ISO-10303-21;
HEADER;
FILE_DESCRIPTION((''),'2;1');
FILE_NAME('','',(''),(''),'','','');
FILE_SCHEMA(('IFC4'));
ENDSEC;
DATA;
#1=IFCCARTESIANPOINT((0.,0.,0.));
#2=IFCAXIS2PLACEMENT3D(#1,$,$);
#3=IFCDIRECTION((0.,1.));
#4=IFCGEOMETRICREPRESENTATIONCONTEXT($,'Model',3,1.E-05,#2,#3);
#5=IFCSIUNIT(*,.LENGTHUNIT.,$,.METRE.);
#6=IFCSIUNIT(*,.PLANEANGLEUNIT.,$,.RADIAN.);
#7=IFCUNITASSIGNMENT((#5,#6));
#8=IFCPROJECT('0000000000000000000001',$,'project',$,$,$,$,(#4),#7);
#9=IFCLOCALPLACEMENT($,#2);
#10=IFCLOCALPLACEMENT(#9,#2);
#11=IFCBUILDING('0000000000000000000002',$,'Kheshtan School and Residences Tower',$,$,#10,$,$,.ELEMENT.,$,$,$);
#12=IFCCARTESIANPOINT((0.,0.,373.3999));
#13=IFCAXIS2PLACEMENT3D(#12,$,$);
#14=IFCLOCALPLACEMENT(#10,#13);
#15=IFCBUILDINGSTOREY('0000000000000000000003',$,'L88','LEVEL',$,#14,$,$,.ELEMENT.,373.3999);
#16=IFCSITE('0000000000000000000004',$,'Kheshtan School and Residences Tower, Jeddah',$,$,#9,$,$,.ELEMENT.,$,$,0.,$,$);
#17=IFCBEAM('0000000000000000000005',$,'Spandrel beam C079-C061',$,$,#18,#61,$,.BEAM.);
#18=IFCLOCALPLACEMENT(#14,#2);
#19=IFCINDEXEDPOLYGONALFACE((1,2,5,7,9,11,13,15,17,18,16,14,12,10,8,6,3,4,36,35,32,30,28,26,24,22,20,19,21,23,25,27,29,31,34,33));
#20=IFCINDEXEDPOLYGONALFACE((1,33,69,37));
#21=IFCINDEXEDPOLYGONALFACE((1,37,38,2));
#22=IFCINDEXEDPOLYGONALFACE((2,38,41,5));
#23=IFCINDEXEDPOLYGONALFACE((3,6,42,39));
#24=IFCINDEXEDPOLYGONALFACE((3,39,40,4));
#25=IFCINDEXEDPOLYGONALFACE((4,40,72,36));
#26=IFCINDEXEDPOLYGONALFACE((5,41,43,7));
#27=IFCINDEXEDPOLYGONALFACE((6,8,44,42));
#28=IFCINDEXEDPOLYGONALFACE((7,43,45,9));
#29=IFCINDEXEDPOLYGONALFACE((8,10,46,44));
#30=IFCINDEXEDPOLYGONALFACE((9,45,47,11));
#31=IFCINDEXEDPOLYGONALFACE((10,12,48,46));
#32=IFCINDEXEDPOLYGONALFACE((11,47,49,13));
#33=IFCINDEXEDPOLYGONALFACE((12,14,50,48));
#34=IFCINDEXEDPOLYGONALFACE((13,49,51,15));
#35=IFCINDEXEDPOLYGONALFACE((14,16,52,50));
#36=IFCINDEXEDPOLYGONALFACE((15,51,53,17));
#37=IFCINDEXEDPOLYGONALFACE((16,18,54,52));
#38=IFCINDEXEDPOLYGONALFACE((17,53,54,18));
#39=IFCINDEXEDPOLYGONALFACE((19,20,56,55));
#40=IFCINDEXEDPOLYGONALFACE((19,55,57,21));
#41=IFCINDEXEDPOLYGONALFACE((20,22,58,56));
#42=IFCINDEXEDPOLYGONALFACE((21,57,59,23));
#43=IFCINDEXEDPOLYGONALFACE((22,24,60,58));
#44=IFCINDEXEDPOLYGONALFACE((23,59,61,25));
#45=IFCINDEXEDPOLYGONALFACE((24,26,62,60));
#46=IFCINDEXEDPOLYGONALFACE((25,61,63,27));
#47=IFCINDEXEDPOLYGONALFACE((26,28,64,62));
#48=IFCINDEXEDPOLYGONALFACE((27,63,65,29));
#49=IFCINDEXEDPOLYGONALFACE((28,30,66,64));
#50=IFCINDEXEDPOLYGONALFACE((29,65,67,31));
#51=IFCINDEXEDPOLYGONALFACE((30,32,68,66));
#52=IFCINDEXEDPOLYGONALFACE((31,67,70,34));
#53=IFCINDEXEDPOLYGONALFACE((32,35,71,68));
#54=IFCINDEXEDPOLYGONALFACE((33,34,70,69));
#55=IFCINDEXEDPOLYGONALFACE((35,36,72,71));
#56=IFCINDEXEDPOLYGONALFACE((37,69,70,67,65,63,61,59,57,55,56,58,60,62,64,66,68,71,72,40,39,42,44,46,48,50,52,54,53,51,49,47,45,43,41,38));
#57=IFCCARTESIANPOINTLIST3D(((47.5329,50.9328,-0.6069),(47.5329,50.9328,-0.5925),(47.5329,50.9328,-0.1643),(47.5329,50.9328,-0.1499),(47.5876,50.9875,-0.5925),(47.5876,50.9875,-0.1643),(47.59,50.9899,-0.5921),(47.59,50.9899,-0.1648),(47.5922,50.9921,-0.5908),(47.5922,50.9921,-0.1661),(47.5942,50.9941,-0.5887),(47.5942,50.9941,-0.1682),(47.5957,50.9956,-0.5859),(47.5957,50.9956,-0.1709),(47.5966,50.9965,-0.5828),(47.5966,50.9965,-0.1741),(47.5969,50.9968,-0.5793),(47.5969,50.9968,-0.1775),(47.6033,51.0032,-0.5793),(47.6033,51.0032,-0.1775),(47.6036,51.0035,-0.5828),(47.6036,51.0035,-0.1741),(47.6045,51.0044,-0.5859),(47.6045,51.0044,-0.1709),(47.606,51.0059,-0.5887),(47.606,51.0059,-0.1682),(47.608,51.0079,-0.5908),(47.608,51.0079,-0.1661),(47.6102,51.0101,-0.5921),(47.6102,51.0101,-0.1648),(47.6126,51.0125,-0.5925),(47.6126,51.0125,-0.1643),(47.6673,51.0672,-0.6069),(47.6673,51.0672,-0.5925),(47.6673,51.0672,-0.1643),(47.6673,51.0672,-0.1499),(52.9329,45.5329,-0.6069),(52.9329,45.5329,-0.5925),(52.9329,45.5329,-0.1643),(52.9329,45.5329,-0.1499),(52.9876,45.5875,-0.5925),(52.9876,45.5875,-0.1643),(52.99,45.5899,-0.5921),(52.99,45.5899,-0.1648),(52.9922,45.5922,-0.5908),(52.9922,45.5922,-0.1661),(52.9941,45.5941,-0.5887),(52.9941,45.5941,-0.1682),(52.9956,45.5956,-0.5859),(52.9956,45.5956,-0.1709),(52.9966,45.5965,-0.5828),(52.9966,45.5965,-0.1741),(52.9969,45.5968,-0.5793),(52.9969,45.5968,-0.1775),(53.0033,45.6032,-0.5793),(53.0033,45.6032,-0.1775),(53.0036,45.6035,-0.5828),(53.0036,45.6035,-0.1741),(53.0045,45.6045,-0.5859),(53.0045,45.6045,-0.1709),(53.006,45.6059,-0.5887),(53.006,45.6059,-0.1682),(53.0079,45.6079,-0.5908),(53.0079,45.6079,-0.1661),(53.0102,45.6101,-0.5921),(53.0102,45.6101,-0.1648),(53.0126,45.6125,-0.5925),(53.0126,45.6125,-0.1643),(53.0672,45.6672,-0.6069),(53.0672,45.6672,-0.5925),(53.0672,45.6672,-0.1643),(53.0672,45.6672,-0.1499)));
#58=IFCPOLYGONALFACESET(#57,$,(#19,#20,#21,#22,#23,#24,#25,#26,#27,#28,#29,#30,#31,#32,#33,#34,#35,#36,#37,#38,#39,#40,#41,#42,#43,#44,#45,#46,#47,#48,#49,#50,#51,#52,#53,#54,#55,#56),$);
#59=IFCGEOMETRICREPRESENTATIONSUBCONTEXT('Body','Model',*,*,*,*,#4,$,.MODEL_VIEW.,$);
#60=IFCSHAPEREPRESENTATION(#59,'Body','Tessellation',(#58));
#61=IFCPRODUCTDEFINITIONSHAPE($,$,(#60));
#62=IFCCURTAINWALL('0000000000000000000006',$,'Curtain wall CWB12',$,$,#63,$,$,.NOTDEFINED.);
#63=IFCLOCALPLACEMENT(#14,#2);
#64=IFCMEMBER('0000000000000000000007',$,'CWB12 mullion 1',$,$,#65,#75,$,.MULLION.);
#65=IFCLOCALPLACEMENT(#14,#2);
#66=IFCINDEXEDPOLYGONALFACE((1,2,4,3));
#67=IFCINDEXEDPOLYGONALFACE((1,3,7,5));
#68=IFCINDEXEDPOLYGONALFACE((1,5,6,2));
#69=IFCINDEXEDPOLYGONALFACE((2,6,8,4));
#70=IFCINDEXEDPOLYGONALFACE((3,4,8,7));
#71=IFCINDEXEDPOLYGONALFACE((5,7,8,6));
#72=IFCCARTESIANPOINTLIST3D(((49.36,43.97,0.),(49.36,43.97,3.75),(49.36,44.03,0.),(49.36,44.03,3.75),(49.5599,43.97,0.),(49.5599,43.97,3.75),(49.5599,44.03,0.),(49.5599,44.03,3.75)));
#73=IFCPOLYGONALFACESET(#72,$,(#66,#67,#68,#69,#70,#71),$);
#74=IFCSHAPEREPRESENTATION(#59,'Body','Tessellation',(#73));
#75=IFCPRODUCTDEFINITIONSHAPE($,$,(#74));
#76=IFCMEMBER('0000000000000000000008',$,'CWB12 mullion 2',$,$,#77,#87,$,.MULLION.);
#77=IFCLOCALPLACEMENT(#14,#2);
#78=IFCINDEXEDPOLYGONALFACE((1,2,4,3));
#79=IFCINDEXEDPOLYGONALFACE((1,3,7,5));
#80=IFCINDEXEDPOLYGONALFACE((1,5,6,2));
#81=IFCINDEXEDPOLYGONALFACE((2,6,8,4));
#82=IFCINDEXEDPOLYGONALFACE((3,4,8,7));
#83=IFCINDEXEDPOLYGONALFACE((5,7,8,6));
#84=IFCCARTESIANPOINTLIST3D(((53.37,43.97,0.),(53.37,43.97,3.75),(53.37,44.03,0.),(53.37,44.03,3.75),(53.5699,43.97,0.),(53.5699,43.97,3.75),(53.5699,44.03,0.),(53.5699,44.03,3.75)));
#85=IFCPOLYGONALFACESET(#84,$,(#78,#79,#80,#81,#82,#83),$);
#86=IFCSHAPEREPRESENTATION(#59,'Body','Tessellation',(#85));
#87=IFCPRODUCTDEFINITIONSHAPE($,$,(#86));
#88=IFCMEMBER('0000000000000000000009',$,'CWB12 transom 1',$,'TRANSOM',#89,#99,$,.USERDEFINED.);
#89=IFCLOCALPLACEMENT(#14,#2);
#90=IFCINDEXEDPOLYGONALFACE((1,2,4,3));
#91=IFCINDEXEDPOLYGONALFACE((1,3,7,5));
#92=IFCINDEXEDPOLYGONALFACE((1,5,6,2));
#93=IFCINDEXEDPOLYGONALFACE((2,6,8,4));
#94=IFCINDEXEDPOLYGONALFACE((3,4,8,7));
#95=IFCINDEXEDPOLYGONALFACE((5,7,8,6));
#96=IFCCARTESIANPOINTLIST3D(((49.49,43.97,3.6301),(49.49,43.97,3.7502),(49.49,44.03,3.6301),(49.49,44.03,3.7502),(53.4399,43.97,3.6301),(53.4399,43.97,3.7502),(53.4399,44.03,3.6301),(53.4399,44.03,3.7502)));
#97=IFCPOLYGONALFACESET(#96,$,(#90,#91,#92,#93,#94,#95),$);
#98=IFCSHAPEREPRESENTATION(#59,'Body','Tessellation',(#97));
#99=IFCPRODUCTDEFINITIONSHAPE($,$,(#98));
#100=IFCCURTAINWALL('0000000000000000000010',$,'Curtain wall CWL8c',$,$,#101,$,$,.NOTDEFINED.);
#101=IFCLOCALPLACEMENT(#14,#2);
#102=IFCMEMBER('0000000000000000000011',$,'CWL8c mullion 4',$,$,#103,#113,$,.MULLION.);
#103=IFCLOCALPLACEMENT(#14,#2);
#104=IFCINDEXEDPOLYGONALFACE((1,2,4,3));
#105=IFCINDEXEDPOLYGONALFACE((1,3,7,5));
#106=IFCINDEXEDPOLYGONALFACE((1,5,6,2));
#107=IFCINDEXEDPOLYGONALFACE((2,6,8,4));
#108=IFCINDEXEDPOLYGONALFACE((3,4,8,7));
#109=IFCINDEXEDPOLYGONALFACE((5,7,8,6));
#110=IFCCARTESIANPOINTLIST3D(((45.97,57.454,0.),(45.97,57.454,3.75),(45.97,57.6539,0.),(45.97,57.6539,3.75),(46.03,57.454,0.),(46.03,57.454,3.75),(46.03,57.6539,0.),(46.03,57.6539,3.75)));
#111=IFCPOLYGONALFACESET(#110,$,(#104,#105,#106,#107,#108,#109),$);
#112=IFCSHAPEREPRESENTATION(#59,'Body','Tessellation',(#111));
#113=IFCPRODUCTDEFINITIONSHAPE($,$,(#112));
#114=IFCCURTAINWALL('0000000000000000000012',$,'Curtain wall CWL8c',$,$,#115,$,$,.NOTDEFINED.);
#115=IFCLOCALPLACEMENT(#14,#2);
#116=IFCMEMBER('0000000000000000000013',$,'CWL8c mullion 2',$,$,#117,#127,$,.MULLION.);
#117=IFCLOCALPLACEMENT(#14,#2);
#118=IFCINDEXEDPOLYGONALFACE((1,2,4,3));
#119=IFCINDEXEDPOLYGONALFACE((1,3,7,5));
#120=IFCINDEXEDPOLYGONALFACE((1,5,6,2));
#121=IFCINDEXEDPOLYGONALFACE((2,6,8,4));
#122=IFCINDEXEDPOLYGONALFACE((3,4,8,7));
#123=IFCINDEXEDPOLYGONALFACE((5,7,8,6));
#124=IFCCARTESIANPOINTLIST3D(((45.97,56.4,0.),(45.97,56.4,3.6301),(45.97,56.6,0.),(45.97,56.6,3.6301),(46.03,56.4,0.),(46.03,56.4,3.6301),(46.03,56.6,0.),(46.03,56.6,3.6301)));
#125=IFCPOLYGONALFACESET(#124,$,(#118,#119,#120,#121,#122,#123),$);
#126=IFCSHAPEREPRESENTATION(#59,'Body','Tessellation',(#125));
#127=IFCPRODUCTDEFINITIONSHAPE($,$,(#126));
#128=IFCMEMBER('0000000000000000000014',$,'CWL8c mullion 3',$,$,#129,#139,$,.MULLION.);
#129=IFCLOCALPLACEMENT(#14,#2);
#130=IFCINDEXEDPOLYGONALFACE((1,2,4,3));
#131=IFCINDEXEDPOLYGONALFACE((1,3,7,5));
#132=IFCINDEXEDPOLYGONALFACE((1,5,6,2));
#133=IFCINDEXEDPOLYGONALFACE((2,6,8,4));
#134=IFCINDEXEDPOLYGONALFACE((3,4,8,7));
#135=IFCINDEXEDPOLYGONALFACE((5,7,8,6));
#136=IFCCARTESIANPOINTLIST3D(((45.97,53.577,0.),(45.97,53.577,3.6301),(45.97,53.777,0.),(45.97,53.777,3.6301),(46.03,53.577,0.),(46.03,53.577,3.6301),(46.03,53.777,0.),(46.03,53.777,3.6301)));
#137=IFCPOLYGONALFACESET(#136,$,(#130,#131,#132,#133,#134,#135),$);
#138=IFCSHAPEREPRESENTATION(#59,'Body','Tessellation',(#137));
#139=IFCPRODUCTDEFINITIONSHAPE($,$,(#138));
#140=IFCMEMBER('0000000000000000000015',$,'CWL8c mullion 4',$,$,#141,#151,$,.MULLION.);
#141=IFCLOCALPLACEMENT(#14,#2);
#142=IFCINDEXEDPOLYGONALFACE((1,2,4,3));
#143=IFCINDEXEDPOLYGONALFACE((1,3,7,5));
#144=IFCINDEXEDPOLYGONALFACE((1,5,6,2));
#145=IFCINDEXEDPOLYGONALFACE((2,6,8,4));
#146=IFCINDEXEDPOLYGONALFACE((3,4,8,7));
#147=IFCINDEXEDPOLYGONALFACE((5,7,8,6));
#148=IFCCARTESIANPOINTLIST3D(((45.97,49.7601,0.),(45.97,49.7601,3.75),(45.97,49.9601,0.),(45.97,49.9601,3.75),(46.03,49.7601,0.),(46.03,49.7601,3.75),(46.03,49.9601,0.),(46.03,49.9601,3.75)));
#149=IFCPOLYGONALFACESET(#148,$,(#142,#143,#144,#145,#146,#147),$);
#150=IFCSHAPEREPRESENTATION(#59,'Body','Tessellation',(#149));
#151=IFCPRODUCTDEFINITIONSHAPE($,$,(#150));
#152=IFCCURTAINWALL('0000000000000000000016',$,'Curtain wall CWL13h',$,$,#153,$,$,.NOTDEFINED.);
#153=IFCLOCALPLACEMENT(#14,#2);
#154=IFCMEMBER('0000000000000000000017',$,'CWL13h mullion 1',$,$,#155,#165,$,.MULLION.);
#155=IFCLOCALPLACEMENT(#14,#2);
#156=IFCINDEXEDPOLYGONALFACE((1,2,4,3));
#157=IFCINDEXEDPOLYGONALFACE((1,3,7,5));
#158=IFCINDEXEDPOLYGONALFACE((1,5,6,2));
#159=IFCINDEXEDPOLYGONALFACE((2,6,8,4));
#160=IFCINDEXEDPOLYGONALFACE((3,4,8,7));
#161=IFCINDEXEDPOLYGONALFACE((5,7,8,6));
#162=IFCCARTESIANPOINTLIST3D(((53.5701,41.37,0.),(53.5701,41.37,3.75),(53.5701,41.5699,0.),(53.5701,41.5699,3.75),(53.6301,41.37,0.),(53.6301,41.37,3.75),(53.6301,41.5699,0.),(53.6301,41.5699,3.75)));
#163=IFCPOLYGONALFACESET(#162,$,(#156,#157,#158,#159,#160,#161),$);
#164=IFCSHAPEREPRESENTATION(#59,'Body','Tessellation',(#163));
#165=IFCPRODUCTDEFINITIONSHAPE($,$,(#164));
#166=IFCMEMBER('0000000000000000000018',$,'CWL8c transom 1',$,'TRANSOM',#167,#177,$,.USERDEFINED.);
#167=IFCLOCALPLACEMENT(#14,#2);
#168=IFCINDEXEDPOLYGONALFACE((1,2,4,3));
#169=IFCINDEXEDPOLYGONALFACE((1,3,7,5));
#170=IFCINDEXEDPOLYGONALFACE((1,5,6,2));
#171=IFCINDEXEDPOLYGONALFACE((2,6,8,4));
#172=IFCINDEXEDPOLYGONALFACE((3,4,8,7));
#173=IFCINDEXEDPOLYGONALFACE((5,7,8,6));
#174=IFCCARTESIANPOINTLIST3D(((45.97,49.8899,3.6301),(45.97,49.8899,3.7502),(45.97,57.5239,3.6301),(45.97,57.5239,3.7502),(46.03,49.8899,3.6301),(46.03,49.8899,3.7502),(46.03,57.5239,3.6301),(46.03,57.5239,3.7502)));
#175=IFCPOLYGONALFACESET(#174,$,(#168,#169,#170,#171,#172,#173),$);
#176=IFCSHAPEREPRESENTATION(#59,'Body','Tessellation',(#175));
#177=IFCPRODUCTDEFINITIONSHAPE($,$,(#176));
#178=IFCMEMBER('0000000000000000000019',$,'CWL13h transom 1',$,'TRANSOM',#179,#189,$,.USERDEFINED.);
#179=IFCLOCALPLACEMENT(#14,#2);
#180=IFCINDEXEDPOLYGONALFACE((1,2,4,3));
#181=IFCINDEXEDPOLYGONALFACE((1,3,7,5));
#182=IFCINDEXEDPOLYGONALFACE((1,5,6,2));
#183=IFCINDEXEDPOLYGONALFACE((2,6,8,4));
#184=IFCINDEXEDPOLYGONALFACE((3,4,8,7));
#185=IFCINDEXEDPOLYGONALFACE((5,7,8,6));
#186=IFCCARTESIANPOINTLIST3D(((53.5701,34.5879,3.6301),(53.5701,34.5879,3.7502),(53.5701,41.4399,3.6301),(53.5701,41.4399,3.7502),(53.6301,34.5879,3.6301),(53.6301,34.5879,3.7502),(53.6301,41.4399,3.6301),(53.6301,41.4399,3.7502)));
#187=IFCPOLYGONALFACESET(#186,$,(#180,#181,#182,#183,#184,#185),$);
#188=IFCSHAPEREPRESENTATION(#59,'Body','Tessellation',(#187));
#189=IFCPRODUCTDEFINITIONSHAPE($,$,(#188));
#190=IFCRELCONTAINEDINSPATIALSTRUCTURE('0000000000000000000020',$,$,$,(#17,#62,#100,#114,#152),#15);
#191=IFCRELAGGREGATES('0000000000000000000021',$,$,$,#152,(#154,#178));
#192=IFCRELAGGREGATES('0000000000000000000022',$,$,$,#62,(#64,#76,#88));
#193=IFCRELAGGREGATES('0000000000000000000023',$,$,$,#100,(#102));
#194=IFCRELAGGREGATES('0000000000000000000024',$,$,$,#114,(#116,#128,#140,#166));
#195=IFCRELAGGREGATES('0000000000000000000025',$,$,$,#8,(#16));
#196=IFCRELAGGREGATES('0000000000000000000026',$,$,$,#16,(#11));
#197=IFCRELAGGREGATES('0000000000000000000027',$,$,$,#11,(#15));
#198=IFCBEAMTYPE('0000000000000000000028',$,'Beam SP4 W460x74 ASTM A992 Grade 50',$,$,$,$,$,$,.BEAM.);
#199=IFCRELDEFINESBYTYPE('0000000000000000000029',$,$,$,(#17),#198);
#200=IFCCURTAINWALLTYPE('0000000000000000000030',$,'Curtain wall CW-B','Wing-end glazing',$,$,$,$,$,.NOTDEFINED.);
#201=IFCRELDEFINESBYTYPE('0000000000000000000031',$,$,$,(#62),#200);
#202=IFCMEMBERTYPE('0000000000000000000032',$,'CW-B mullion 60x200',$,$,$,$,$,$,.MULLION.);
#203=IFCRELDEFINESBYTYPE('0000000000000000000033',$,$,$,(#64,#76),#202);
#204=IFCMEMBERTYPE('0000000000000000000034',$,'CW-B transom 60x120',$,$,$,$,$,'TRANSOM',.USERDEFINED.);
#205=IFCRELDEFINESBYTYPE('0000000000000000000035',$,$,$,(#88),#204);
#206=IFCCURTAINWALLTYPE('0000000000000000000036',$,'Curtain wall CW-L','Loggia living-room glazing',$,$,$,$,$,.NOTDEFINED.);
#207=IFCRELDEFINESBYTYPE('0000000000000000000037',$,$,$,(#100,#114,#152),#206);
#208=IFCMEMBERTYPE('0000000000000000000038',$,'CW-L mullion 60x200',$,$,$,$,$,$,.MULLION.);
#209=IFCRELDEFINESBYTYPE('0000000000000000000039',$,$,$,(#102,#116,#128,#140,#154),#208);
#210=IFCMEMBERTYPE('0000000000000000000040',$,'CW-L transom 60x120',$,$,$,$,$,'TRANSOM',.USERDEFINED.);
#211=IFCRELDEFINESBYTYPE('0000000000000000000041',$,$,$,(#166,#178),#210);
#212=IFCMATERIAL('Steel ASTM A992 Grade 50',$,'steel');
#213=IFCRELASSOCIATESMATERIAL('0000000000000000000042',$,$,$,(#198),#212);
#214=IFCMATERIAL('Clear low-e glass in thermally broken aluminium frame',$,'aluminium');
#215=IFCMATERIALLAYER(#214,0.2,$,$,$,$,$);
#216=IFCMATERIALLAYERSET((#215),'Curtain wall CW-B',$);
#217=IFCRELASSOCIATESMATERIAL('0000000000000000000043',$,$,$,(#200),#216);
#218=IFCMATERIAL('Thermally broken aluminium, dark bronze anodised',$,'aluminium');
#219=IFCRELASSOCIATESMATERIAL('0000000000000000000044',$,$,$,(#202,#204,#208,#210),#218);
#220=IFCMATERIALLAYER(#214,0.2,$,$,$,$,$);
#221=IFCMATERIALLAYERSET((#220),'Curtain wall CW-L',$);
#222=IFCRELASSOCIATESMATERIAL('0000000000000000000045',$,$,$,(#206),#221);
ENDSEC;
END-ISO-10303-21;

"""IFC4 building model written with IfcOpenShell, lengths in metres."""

from ifc_helpers import new_model, si_unit, direction, frame, origin, origin_2d, place, context, subcontext, project, spatial, rectangle, i_section, extrude, material, layer, layer_set, material_profile, profile_set, type_object, element, aggregate, save


model = new_model("IFC4")

# Units and contexts
model_context = context("Model", 3, precision=1e-05, world=origin(), true_north=direction((0.0, 1.0)))
body_context = subcontext(model_context, "Body", "Model", "MODEL_VIEW")
ifc_project = project(units=[si_unit("LENGTHUNIT", "METRE"), si_unit("PLANEANGLEUNIT", "RADIAN")], contexts=[model_context])

# Site, building, storey
site_placement = place(None, origin())
site = spatial("IfcSite", under=ifc_project, at=site_placement, Name="Kheshtan School and Residences Tower, Jeddah", CompositionType="ELEMENT", RefElevation=0.0)
building_placement = place(site_placement, origin())
building = spatial("IfcBuilding", under=site, at=building_placement, Name="Kheshtan School and Residences Tower", CompositionType="ELEMENT")
storey_placement = place(building_placement, frame((0.0, 0.0, 373.3999)))
storey = spatial("IfcBuildingStorey", under=building, at=storey_placement, Name="L88", Description="LEVEL", CompositionType="ELEMENT", Elevation=373.3999)

# Shared definitions
ifc_material_1 = material(Name="Steel ASTM A992 Grade 50", Category="steel")

# Beam
ifc_material_profile_1 = material_profile(ifc_material_1, i_section(OverallWidth=0.1899, OverallDepth=0.457, WebThickness=0.009, FlangeThickness=0.0144, FilletRadius=0.0132, at=origin_2d()), Name="W460x74")
ifc_profile_set_1 = profile_set([ifc_material_profile_1], Name="Steel ASTM A992 Grade 50")
beam_type_1 = type_object("IfcBeamType", Name="Beam SP4 W460x74 ASTM A992 Grade 50", PredefinedType="BEAM", material=ifc_profile_set_1)
beam_1_placement = place(storey_placement, frame((47.6001, 51.0, -0.3784), z_axis=(0.707107, -0.707107, 0.0), x_axis=(0.707107, 0.707107, 0.0)))
element("IfcBeam", 1, at=beam_1_placement, inside=storey, type_object=beam_type_1, Name="Spandrel beam C079-C061", PredefinedType="BEAM", context=body_context, shape_type="SweptSolid", body=[
    extrude(i_section(OverallWidth=0.1899, OverallDepth=0.457, WebThickness=0.009, FlangeThickness=0.0144, FilletRadius=0.0132, at=origin_2d()), origin(), (0.0, 0.0, 1.0), 7.6367),
])

# Curtain wall, members
ifc_material_2 = material(Name="Clear low-e glass in thermally broken aluminium frame", Category="aluminium")
ifc_layer_1 = layer(ifc_material_2, 0.2)
ifc_layer_set_1 = layer_set([ifc_layer_1], Name="Curtain wall CW-B")
curtain_wall_type_1 = type_object("IfcCurtainWallType", Name="Curtain wall CW-B", Description="Wing-end glazing", PredefinedType="NOTDEFINED", material=ifc_layer_set_1)
curtain_wall_1_placement = place(storey_placement, origin())
curtain_wall_1 = element("IfcCurtainWall", 2, at=curtain_wall_1_placement, inside=storey, type_object=curtain_wall_type_1, Name="Curtain wall CWB12", PredefinedType="NOTDEFINED")
ifc_material_3 = material(Name="Thermally broken aluminium, dark bronze anodised", Category="aluminium")
ifc_material_profile_2 = material_profile(ifc_material_3, rectangle(XDim=0.0601, YDim=0.2, at=origin_2d()), Name="CW-B mullion 60x200")
ifc_profile_set_2 = profile_set([ifc_material_profile_2], Name="Thermally broken aluminium, dark bronze anodised")
member_type_1 = type_object("IfcMemberType", Name="CW-B mullion 60x200", PredefinedType="MULLION", material=ifc_profile_set_2)
member_1_placement = place(storey_placement, frame((49.46, 44.0, 0.0), z_axis=(0.0, 0.0, 1.0), x_axis=(0.0, 1.0, 0.0)))
member_1 = element("IfcMember", 3, at=member_1_placement, type_object=member_type_1, Name="CWB12 mullion 1", PredefinedType="MULLION", context=body_context, shape_type="SweptSolid", body=[
    extrude(rectangle(XDim=0.0601, YDim=0.2, at=origin_2d()), origin(), (0.0, 0.0, 1.0), 3.75),
])
member_2_placement = place(storey_placement, frame((53.47, 44.0, 0.0), z_axis=(0.0, 0.0, 1.0), x_axis=(0.0, 1.0, 0.0)))
member_2 = element("IfcMember", 4, at=member_2_placement, type_object=member_type_1, Name="CWB12 mullion 2", PredefinedType="MULLION", context=body_context, shape_type="SweptSolid", body=[
    extrude(rectangle(XDim=0.0601, YDim=0.2, at=origin_2d()), origin(), (0.0, 0.0, 1.0), 3.75),
])
ifc_material_profile_3 = material_profile(ifc_material_3, rectangle(XDim=0.0601, YDim=0.1201, at=origin_2d()), Name="CW-B transom 60x120")
ifc_profile_set_3 = profile_set([ifc_material_profile_3], Name="Thermally broken aluminium, dark bronze anodised")
member_type_2 = type_object("IfcMemberType", Name="CW-B transom 60x120", ElementType="TRANSOM", PredefinedType="USERDEFINED", material=ifc_profile_set_3)
member_3_placement = place(storey_placement, frame((49.49, 44.0, 3.6902), z_axis=(1.0, 0.0, 0.0), x_axis=(0.0, 1.0, 0.0)))
member_3 = element("IfcMember", 5, at=member_3_placement, type_object=member_type_2, Name="CWB12 transom 1", ObjectType="TRANSOM", PredefinedType="USERDEFINED", context=body_context, shape_type="SweptSolid", body=[
    extrude(rectangle(XDim=0.0601, YDim=0.1201, at=origin_2d()), origin(), (0.0, 0.0, 1.0), 3.95),
])

# Curtain wall, member
ifc_layer_2 = layer(ifc_material_2, 0.2)
ifc_layer_set_2 = layer_set([ifc_layer_2], Name="Curtain wall CW-L")
curtain_wall_type_2 = type_object("IfcCurtainWallType", Name="Curtain wall CW-L", Description="Loggia living-room glazing", PredefinedType="NOTDEFINED", material=ifc_layer_set_2)
curtain_wall_2_placement = place(storey_placement, origin())
curtain_wall_2 = element("IfcCurtainWall", 6, at=curtain_wall_2_placement, inside=storey, type_object=curtain_wall_type_2, Name="Curtain wall CWL8c", PredefinedType="NOTDEFINED")
ifc_material_profile_4 = material_profile(ifc_material_3, rectangle(XDim=0.0601, YDim=0.2, at=origin_2d()), Name="CW-L mullion 60x200")
ifc_profile_set_4 = profile_set([ifc_material_profile_4], Name="Thermally broken aluminium, dark bronze anodised")
member_type_3 = type_object("IfcMemberType", Name="CW-L mullion 60x200", PredefinedType="MULLION", material=ifc_profile_set_4)
member_4_placement = place(storey_placement, frame((46.0, 57.554, 0.0), z_axis=(0.0, 0.0, 1.0), x_axis=(1.0, 0.0, 0.0)))
member_4 = element("IfcMember", 7, at=member_4_placement, type_object=member_type_3, Name="CWL8c mullion 4", PredefinedType="MULLION", context=body_context, shape_type="SweptSolid", body=[
    extrude(rectangle(XDim=0.0601, YDim=0.2, at=origin_2d()), origin(), (0.0, 0.0, 1.0), 3.75),
])

# Curtain wall, members
curtain_wall_3_placement = place(storey_placement, origin())
curtain_wall_3 = element("IfcCurtainWall", 8, at=curtain_wall_3_placement, inside=storey, type_object=curtain_wall_type_2, Name="Curtain wall CWL8c", PredefinedType="NOTDEFINED")
member_5_placement = place(storey_placement, frame((46.0, 56.5, 0.0), z_axis=(0.0, 0.0, 1.0), x_axis=(1.0, 0.0, 0.0)))
member_5 = element("IfcMember", 9, at=member_5_placement, type_object=member_type_3, Name="CWL8c mullion 2", PredefinedType="MULLION", context=body_context, shape_type="SweptSolid", body=[
    extrude(rectangle(XDim=0.0601, YDim=0.2, at=origin_2d()), origin(), (0.0, 0.0, 1.0), 3.6301),
])
member_6_placement = place(storey_placement, frame((46.0, 53.677, 0.0), z_axis=(0.0, 0.0, 1.0), x_axis=(1.0, 0.0, 0.0)))
member_6 = element("IfcMember", 10, at=member_6_placement, type_object=member_type_3, Name="CWL8c mullion 3", PredefinedType="MULLION", context=body_context, shape_type="SweptSolid", body=[
    extrude(rectangle(XDim=0.0601, YDim=0.2, at=origin_2d()), origin(), (0.0, 0.0, 1.0), 3.6301),
])
member_7_placement = place(storey_placement, frame((46.0, 49.8601, 0.0), z_axis=(0.0, 0.0, 1.0), x_axis=(1.0, 0.0, 0.0)))
member_7 = element("IfcMember", 11, at=member_7_placement, type_object=member_type_3, Name="CWL8c mullion 4", PredefinedType="MULLION", context=body_context, shape_type="SweptSolid", body=[
    extrude(rectangle(XDim=0.0601, YDim=0.2, at=origin_2d()), origin(), (0.0, 0.0, 1.0), 3.75),
])

# Curtain wall, member
curtain_wall_4_placement = place(storey_placement, origin())
curtain_wall_4 = element("IfcCurtainWall", 12, at=curtain_wall_4_placement, inside=storey, type_object=curtain_wall_type_2, Name="Curtain wall CWL13h", PredefinedType="NOTDEFINED")
member_8_placement = place(storey_placement, frame((53.6001, 41.47, 0.0), z_axis=(0.0, 0.0, 1.0), x_axis=(1.0, 0.0, 0.0)))
member_8 = element("IfcMember", 13, at=member_8_placement, type_object=member_type_3, Name="CWL13h mullion 1", PredefinedType="MULLION", context=body_context, shape_type="SweptSolid", body=[
    extrude(rectangle(XDim=0.0601, YDim=0.2, at=origin_2d()), origin(), (0.0, 0.0, 1.0), 3.75),
])

# Members
ifc_material_profile_5 = material_profile(ifc_material_3, rectangle(XDim=0.0601, YDim=0.1201, at=origin_2d()), Name="CW-L transom 60x120")
ifc_profile_set_5 = profile_set([ifc_material_profile_5], Name="Thermally broken aluminium, dark bronze anodised")
member_type_4 = type_object("IfcMemberType", Name="CW-L transom 60x120", ElementType="TRANSOM", PredefinedType="USERDEFINED", material=ifc_profile_set_5)
member_9_placement = place(storey_placement, frame((46.0, 57.5239, 3.6902), z_axis=(0.0, -1.0, 0.0), x_axis=(1.0, 0.0, 0.0)))
member_9 = element("IfcMember", 14, at=member_9_placement, type_object=member_type_4, Name="CWL8c transom 1", ObjectType="TRANSOM", PredefinedType="USERDEFINED", context=body_context, shape_type="SweptSolid", body=[
    extrude(rectangle(XDim=0.0601, YDim=0.1201, at=origin_2d()), origin(), (0.0, 0.0, 1.0), 7.634),
])
member_10_placement = place(storey_placement, frame((53.6001, 41.4399, 3.6902), z_axis=(0.0, -1.0, 0.0), x_axis=(1.0, 0.0, 0.0)))
member_10 = element("IfcMember", 15, at=member_10_placement, type_object=member_type_4, Name="CWL13h transom 1", ObjectType="TRANSOM", PredefinedType="USERDEFINED", context=body_context, shape_type="SweptSolid", body=[
    extrude(rectangle(XDim=0.0601, YDim=0.1201, at=origin_2d()), origin(), (0.0, 0.0, 1.0), 6.8521),
])
aggregate(curtain_wall_4, [member_8, member_10])

aggregate(curtain_wall_1, [member_1, member_2, member_3])
aggregate(curtain_wall_2, [member_4])
aggregate(curtain_wall_3, [member_5, member_6, member_7, member_9])

save(model, "model.ifc")
